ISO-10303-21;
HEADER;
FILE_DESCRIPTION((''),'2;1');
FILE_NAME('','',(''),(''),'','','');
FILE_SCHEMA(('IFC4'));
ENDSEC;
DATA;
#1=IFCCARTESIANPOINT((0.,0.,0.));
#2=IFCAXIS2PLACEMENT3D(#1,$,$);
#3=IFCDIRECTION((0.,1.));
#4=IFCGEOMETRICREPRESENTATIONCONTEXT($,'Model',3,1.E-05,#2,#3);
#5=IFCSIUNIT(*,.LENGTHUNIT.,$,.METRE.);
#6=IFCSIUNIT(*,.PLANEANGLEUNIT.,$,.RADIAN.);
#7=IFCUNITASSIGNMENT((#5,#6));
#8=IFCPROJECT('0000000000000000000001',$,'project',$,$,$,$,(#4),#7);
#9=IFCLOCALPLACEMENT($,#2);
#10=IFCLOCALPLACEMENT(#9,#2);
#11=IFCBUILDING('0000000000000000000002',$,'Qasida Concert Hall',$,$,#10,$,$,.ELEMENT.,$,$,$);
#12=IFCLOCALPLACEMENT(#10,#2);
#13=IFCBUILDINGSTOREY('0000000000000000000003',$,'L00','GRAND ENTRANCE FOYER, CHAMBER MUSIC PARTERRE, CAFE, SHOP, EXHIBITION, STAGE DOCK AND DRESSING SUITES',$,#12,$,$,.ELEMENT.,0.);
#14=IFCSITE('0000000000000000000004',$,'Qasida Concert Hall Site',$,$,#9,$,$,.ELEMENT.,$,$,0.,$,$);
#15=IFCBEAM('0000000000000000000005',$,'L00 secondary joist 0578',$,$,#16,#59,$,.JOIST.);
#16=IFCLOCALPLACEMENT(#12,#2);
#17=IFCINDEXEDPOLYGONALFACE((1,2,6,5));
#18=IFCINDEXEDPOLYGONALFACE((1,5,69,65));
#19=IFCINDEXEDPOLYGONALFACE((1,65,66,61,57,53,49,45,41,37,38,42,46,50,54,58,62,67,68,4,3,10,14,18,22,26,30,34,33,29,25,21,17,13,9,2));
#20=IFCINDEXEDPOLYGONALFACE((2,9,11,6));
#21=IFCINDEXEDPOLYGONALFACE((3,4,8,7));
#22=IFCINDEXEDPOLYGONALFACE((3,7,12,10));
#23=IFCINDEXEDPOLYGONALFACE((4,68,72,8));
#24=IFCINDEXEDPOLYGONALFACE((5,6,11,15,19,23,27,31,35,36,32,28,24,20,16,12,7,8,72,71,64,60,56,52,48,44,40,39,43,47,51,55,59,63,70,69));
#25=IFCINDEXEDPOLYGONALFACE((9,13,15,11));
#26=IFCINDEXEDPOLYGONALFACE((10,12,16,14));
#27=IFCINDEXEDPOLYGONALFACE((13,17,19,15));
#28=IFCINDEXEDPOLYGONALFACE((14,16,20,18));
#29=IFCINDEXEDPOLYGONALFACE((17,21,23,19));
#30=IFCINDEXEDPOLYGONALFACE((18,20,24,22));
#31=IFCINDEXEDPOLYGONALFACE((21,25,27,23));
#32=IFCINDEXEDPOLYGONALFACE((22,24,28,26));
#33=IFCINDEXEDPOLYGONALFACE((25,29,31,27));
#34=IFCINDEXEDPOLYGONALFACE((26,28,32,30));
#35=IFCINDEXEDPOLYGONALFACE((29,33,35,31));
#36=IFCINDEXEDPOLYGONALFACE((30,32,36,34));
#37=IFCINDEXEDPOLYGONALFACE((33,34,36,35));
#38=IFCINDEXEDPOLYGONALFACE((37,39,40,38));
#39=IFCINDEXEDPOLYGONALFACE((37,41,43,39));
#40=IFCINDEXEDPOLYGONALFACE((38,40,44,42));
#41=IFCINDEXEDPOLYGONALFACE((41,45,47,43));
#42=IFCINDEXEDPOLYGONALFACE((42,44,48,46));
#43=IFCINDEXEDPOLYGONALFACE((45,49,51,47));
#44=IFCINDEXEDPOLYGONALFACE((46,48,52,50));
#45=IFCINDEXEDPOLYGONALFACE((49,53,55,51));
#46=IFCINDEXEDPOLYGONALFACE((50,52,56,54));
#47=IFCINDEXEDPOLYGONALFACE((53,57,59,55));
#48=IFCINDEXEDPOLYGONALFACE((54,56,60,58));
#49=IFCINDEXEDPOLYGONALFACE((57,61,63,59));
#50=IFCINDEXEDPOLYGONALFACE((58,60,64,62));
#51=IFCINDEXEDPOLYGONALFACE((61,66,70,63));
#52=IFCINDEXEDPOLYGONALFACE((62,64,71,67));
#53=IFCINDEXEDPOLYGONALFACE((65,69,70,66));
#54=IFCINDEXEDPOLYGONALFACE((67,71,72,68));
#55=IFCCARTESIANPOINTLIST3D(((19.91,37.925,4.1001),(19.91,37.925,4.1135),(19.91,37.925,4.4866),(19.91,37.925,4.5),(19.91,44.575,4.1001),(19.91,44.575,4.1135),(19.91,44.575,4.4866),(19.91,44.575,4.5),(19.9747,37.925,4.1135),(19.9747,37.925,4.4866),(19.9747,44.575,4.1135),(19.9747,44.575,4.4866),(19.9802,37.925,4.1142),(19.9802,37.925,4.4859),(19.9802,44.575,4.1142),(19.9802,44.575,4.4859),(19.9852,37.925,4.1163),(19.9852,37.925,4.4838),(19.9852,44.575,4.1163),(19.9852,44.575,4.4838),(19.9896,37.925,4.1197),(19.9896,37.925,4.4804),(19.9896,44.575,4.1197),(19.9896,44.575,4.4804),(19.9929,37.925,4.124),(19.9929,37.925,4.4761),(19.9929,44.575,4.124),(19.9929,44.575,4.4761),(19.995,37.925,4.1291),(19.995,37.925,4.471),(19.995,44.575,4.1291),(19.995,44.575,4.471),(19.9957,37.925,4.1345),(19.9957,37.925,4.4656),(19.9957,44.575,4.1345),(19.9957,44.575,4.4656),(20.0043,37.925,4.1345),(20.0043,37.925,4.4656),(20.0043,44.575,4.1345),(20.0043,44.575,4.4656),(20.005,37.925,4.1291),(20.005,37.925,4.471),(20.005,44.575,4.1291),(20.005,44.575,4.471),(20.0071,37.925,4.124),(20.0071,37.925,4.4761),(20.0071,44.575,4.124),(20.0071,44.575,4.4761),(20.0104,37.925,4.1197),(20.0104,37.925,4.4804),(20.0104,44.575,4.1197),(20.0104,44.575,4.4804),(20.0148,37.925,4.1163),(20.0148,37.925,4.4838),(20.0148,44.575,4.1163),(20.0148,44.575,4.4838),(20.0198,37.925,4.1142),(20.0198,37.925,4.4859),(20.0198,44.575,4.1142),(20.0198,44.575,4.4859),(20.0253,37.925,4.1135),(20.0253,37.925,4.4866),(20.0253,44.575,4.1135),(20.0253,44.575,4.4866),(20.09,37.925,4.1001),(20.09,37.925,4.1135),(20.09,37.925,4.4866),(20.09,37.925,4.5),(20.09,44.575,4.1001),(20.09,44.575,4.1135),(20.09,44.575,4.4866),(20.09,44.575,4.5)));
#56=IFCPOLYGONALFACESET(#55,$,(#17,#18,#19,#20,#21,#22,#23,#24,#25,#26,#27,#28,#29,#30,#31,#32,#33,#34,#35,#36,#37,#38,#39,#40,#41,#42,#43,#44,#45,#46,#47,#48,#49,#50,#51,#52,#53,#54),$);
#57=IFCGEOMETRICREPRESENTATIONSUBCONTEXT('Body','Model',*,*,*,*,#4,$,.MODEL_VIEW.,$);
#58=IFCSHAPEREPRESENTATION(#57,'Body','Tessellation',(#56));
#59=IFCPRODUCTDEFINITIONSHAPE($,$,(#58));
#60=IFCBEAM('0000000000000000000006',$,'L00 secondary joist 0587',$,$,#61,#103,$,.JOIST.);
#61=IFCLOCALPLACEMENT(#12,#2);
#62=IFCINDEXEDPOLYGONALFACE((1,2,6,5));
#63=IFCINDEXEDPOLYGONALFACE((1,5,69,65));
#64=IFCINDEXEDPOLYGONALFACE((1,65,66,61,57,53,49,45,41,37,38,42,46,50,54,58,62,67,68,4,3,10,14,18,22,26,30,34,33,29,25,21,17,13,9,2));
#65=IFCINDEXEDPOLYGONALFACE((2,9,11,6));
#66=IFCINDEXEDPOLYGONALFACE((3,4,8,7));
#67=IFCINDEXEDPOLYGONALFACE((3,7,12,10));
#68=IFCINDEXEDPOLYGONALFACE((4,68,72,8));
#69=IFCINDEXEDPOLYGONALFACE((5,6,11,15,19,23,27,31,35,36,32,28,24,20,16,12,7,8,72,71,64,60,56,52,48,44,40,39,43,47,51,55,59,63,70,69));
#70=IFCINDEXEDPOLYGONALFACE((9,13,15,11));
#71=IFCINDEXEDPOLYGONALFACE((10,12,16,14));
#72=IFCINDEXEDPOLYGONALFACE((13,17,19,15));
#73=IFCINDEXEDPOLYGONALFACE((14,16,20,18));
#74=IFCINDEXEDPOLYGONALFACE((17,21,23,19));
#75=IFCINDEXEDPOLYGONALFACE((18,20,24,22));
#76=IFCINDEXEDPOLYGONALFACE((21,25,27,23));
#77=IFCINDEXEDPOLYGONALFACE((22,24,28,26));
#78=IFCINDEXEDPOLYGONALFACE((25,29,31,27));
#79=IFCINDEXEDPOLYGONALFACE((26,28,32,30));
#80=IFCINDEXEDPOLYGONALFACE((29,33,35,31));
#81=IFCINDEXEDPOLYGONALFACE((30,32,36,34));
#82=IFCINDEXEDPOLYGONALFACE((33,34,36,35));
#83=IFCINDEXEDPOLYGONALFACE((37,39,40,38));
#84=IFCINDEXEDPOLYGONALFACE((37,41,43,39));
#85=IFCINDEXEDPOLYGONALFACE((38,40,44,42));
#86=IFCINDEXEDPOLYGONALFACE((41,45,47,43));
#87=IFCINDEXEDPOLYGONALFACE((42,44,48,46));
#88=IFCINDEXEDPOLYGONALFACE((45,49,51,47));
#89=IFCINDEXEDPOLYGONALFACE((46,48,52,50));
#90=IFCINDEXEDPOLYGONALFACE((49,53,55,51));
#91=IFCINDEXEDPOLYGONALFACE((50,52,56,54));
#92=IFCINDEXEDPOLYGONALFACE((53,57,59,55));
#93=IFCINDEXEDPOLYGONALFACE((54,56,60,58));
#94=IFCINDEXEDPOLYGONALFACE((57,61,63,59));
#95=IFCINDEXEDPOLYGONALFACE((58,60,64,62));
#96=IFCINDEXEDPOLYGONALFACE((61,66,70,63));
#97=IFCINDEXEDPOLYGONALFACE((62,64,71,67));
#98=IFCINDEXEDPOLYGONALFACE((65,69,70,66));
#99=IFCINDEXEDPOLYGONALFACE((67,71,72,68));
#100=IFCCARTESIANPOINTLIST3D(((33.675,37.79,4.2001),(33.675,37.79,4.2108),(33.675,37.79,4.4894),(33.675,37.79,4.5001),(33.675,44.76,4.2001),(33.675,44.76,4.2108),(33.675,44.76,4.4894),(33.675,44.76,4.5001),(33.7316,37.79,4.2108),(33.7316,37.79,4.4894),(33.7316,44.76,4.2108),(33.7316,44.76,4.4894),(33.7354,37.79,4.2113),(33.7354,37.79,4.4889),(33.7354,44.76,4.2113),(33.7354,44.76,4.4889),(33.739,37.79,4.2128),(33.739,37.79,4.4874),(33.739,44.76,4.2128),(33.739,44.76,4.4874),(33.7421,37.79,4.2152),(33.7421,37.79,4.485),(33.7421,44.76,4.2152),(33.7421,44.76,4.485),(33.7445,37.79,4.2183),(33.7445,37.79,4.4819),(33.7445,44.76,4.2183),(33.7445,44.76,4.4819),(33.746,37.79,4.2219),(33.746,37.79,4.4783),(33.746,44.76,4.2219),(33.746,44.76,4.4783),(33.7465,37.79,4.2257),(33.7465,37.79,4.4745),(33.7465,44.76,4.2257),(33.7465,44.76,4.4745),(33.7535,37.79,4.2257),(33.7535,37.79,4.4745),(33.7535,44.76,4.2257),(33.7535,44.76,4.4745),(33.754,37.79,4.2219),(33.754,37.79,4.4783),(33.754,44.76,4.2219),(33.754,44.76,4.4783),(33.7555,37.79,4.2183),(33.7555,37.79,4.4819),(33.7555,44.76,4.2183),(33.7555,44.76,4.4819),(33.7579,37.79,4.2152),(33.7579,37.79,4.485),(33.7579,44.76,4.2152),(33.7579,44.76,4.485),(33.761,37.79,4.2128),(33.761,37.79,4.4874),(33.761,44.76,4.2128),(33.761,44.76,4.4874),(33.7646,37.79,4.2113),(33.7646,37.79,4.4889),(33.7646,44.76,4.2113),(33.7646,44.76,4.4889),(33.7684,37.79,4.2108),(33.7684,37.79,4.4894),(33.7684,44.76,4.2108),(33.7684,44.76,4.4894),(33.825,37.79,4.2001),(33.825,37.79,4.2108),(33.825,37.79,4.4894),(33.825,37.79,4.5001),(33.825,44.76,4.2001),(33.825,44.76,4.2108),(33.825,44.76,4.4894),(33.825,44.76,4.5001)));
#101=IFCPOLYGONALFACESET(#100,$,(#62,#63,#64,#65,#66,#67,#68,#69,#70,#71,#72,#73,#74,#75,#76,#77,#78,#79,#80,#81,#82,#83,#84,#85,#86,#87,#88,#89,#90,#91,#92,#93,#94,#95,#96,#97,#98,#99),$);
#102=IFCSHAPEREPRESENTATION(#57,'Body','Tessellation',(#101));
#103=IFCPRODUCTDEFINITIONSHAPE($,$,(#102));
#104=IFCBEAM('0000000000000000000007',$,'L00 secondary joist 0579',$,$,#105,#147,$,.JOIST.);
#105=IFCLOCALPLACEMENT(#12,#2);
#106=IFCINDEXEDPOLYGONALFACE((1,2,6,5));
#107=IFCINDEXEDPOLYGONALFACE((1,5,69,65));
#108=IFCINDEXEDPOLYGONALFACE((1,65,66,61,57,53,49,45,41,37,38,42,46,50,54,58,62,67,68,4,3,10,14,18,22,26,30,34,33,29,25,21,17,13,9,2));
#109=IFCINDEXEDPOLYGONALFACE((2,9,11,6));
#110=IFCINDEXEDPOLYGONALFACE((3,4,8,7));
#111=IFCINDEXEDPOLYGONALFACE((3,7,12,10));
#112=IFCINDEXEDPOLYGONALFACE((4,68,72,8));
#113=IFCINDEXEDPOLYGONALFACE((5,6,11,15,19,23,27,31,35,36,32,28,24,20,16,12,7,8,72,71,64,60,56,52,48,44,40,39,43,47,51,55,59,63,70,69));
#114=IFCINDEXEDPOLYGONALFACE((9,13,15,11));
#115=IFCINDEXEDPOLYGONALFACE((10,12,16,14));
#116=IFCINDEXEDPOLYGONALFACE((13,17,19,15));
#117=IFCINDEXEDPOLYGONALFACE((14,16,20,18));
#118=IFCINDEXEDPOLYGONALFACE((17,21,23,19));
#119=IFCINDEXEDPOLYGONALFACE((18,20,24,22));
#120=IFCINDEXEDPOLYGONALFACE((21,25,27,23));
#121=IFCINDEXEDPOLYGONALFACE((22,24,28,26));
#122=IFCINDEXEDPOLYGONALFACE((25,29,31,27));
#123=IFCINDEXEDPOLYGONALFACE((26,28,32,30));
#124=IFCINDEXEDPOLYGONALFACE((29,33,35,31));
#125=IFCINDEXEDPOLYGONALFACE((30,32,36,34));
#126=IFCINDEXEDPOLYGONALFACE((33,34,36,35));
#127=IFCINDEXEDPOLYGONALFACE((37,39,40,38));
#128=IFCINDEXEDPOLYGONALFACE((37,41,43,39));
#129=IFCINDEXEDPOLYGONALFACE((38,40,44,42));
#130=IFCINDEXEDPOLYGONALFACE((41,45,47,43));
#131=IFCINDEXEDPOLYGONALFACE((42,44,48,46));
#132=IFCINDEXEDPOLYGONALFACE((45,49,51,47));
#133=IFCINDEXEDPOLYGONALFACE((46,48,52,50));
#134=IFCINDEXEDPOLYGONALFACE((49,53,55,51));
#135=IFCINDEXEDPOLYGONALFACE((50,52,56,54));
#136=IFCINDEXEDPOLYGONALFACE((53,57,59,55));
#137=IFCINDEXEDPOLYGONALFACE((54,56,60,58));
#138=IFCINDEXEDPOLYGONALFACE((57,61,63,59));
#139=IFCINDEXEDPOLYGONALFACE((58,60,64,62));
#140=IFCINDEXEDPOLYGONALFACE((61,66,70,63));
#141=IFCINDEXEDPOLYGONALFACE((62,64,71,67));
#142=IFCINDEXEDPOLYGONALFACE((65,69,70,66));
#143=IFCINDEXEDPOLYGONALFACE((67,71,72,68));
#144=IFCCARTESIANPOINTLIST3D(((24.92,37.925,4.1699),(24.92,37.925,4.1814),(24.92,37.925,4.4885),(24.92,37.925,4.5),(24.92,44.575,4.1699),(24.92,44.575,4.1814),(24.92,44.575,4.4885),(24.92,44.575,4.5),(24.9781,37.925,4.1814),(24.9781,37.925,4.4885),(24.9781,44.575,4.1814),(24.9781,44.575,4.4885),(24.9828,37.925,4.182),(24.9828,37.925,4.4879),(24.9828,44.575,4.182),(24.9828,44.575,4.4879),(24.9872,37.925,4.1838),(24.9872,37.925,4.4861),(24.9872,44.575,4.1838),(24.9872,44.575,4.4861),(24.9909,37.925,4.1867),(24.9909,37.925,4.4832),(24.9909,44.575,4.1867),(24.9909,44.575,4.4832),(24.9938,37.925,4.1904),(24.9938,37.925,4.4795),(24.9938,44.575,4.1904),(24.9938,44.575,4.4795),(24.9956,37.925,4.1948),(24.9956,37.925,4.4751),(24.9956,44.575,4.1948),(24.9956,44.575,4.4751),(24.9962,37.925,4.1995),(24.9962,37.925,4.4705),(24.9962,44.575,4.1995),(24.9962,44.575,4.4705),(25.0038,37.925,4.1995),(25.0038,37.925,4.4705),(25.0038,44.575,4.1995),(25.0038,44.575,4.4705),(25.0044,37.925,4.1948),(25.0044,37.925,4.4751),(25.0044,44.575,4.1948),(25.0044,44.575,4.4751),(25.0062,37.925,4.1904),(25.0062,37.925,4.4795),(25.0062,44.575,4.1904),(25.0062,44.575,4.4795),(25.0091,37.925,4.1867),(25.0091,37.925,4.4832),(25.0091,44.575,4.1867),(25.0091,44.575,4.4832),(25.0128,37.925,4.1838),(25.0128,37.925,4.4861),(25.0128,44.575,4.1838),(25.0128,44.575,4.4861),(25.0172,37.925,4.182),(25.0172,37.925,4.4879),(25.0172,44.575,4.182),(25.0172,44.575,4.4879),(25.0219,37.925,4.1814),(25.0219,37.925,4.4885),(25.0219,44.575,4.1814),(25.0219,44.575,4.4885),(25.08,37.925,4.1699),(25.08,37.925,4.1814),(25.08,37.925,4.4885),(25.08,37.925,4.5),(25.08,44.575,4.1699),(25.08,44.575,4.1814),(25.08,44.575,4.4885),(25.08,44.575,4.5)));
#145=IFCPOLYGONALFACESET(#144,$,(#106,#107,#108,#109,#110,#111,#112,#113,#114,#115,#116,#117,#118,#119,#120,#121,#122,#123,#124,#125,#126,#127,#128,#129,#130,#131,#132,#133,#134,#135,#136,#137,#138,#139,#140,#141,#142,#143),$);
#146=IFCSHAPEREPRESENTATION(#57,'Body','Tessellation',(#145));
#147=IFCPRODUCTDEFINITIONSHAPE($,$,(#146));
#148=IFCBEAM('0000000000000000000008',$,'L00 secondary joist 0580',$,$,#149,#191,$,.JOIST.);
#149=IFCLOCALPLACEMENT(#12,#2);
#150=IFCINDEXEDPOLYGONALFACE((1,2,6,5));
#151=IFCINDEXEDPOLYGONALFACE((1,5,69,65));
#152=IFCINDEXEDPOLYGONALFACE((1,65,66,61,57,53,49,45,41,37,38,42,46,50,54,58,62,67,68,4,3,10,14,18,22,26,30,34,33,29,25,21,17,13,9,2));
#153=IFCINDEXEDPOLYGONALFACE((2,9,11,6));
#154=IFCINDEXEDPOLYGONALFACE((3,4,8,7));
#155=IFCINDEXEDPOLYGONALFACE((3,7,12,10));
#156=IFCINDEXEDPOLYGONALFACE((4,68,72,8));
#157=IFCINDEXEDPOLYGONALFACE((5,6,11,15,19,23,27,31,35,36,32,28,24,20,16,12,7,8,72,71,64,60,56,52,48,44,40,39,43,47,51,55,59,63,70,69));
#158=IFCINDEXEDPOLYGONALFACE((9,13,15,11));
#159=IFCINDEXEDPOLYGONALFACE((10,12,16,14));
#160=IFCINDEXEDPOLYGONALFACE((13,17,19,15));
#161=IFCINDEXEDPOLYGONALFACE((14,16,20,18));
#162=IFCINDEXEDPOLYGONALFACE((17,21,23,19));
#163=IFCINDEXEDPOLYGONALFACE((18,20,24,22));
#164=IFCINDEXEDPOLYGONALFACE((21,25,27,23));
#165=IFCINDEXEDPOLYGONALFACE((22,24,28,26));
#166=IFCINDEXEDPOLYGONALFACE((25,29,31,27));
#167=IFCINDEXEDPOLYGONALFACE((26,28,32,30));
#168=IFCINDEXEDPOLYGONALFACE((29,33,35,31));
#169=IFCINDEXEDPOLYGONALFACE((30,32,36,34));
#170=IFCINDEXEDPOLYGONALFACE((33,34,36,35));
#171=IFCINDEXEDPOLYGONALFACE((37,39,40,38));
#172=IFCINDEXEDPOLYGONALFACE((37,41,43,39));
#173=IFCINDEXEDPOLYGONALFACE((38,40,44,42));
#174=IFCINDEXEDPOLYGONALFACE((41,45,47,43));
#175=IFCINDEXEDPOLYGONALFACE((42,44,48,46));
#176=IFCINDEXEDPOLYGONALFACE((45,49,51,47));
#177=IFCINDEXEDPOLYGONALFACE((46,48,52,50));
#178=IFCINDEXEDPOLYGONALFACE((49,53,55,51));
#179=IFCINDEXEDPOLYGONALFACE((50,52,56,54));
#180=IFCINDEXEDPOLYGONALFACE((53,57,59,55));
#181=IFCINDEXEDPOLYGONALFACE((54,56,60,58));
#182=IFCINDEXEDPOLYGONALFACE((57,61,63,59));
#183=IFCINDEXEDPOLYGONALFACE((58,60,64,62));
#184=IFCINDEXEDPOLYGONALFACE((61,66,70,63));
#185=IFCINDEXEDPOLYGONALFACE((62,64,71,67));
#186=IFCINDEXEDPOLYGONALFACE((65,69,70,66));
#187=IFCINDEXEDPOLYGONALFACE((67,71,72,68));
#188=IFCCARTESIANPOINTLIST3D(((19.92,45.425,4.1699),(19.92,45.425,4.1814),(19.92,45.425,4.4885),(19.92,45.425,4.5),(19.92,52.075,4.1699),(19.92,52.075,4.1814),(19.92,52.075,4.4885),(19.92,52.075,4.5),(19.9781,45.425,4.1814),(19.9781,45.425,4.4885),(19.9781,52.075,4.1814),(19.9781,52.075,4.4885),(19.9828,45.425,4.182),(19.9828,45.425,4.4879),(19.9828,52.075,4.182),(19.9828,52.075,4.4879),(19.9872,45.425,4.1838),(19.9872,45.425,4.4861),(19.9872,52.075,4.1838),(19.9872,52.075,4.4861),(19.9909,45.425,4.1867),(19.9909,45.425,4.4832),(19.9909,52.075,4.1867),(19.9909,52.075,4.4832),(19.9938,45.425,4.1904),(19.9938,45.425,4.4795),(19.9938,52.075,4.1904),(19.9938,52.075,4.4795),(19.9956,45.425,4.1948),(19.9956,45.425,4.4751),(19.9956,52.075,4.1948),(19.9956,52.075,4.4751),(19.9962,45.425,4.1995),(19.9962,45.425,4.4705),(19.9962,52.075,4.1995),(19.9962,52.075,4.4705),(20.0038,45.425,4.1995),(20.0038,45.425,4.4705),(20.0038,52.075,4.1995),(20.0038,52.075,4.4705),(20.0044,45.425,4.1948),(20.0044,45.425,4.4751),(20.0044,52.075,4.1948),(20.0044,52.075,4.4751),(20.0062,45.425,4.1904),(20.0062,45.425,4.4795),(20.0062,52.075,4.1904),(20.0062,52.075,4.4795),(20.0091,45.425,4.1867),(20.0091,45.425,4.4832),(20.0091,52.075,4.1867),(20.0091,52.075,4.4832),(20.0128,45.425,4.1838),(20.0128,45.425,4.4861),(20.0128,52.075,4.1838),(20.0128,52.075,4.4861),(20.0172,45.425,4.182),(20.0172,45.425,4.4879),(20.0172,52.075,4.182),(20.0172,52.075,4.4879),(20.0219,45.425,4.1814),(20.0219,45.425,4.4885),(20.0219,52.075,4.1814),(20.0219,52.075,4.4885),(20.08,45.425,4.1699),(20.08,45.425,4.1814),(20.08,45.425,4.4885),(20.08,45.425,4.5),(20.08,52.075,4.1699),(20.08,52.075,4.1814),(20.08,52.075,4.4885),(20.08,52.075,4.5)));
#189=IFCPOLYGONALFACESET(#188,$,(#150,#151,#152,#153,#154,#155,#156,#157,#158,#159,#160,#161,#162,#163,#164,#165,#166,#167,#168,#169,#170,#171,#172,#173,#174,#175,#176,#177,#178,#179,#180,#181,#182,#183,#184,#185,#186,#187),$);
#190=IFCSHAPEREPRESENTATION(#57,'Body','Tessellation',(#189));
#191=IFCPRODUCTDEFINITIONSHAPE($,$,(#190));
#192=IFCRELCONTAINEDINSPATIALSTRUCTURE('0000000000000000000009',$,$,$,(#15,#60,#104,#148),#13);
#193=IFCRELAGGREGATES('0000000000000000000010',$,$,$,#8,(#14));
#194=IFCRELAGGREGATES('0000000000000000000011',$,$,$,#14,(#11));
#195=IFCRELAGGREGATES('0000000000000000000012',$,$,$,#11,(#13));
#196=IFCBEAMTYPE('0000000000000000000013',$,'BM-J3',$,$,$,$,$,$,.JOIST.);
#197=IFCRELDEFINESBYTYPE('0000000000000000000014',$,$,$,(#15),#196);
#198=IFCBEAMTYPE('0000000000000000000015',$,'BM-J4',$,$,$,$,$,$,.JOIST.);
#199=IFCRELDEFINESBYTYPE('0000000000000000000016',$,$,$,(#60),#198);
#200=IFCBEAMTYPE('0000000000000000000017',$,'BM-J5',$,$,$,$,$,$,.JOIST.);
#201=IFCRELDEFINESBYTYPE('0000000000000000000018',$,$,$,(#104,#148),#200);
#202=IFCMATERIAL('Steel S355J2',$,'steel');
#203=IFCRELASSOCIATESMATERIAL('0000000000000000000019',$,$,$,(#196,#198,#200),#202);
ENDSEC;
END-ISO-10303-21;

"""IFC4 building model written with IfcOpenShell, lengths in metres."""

from ifc_helpers import new_model, si_unit, direction, frame, origin, origin_2d, place, context, subcontext, project, spatial, i_section, extrude, material, material_profile, profile_set, type_object, element, save


model = new_model("IFC4")

# Units and contexts
model_context = context("Model", 3, precision=1e-05, world=origin(), true_north=direction((0.0, 1.0)))
body_context = subcontext(model_context, "Body", "Model", "MODEL_VIEW")
ifc_project = project(units=[si_unit("LENGTHUNIT", "METRE"), si_unit("PLANEANGLEUNIT", "RADIAN")], contexts=[model_context])

# Site, building, storey
site_placement = place(None, origin())
site = spatial("IfcSite", under=ifc_project, at=site_placement, Name="Qasida Concert Hall Site", CompositionType="ELEMENT", RefElevation=0.0)
building_placement = place(site_placement, origin())
building = spatial("IfcBuilding", under=site, at=building_placement, Name="Qasida Concert Hall", CompositionType="ELEMENT")
storey_placement = place(building_placement, origin())
storey = spatial("IfcBuildingStorey", under=building, at=storey_placement, Name="L00", Description="GRAND ENTRANCE FOYER, CHAMBER MUSIC PARTERRE, CAFE, SHOP, EXHIBITION, STAGE DOCK AND DRESSING SUITES", CompositionType="ELEMENT", Elevation=0.0)

# Beams
ifc_material_1 = material(Name="Steel S355J2", Category="steel")
ifc_material_profile_1 = material_profile(ifc_material_1, i_section(OverallWidth=0.1799, OverallDepth=0.3999, WebThickness=0.0085, FlangeThickness=0.0134, FilletRadius=0.021, at=origin_2d()), Name="IPE 400")
ifc_profile_set_1 = profile_set([ifc_material_profile_1], Name="Steel S355J2")
beam_type_1 = type_object("IfcBeamType", Name="BM-J3", PredefinedType="JOIST", material=ifc_profile_set_1)
beam_1_placement = place(storey_placement, frame((20.0, 37.925, 4.3), z_axis=(0.0, 1.0, 0.0), x_axis=(-1.0, 0.0, 0.0)))
element("IfcBeam", 1, at=beam_1_placement, inside=storey, type_object=beam_type_1, Name="L00 secondary joist 0578", PredefinedType="JOIST", context=body_context, shape_type="SweptSolid", body=[
    extrude(i_section(OverallWidth=0.1799, OverallDepth=0.3999, WebThickness=0.0085, FlangeThickness=0.0134, FilletRadius=0.021, at=origin_2d()), origin(), (0.0, 0.0, 1.0), 6.6499),
])
ifc_material_profile_2 = material_profile(ifc_material_1, i_section(OverallWidth=0.1499, OverallDepth=0.3, WebThickness=0.0071, FlangeThickness=0.0107, FilletRadius=0.0149, at=origin_2d()), Name="IPE 300")
ifc_profile_set_2 = profile_set([ifc_material_profile_2], Name="Steel S355J2")
beam_type_2 = type_object("IfcBeamType", Name="BM-J4", PredefinedType="JOIST", material=ifc_profile_set_2)
beam_2_placement = place(storey_placement, frame((33.75, 37.79, 4.3501), z_axis=(0.0, 1.0, 0.0), x_axis=(-1.0, 0.0, 0.0)))
element("IfcBeam", 2, at=beam_2_placement, inside=storey, type_object=beam_type_2, Name="L00 secondary joist 0587", PredefinedType="JOIST", context=body_context, shape_type="SweptSolid", body=[
    extrude(i_section(OverallWidth=0.1499, OverallDepth=0.3, WebThickness=0.0071, FlangeThickness=0.0107, FilletRadius=0.0149, at=origin_2d()), origin(), (0.0, 0.0, 1.0), 6.97),
])
ifc_material_profile_3 = material_profile(ifc_material_1, i_section(OverallWidth=0.1599, OverallDepth=0.3301, WebThickness=0.0076, FlangeThickness=0.0115, FilletRadius=0.0181, at=origin_2d()), Name="IPE 330")
ifc_profile_set_3 = profile_set([ifc_material_profile_3], Name="Steel S355J2")
beam_type_3 = type_object("IfcBeamType", Name="BM-J5", PredefinedType="JOIST", material=ifc_profile_set_3)
for number, where, z_axis, x_axis, name in (
    (3, (25.0, 37.925, 4.335), (0.0, 1.0, 0.0), (-1.0, 0.0, 0.0), "L00 secondary joist 0579"),
    (4, (20.0, 45.425, 4.335), (0.0, 1.0, 0.0), (-1.0, 0.0, 0.0), "L00 secondary joist 0580"),
):
    element("IfcBeam", number, at=place(storey_placement, frame(where, z_axis=z_axis, x_axis=x_axis)), inside=storey, type_object=beam_type_3, Name=name, PredefinedType="JOIST", context=body_context, shape_type="SweptSolid", body=[
        extrude(i_section(OverallWidth=0.1599, OverallDepth=0.3301, WebThickness=0.0076, FlangeThickness=0.0115, FilletRadius=0.0181, at=origin_2d()), origin(), (0.0, 0.0, 1.0), 6.6499),
    ])

save(model, "model.ifc")
